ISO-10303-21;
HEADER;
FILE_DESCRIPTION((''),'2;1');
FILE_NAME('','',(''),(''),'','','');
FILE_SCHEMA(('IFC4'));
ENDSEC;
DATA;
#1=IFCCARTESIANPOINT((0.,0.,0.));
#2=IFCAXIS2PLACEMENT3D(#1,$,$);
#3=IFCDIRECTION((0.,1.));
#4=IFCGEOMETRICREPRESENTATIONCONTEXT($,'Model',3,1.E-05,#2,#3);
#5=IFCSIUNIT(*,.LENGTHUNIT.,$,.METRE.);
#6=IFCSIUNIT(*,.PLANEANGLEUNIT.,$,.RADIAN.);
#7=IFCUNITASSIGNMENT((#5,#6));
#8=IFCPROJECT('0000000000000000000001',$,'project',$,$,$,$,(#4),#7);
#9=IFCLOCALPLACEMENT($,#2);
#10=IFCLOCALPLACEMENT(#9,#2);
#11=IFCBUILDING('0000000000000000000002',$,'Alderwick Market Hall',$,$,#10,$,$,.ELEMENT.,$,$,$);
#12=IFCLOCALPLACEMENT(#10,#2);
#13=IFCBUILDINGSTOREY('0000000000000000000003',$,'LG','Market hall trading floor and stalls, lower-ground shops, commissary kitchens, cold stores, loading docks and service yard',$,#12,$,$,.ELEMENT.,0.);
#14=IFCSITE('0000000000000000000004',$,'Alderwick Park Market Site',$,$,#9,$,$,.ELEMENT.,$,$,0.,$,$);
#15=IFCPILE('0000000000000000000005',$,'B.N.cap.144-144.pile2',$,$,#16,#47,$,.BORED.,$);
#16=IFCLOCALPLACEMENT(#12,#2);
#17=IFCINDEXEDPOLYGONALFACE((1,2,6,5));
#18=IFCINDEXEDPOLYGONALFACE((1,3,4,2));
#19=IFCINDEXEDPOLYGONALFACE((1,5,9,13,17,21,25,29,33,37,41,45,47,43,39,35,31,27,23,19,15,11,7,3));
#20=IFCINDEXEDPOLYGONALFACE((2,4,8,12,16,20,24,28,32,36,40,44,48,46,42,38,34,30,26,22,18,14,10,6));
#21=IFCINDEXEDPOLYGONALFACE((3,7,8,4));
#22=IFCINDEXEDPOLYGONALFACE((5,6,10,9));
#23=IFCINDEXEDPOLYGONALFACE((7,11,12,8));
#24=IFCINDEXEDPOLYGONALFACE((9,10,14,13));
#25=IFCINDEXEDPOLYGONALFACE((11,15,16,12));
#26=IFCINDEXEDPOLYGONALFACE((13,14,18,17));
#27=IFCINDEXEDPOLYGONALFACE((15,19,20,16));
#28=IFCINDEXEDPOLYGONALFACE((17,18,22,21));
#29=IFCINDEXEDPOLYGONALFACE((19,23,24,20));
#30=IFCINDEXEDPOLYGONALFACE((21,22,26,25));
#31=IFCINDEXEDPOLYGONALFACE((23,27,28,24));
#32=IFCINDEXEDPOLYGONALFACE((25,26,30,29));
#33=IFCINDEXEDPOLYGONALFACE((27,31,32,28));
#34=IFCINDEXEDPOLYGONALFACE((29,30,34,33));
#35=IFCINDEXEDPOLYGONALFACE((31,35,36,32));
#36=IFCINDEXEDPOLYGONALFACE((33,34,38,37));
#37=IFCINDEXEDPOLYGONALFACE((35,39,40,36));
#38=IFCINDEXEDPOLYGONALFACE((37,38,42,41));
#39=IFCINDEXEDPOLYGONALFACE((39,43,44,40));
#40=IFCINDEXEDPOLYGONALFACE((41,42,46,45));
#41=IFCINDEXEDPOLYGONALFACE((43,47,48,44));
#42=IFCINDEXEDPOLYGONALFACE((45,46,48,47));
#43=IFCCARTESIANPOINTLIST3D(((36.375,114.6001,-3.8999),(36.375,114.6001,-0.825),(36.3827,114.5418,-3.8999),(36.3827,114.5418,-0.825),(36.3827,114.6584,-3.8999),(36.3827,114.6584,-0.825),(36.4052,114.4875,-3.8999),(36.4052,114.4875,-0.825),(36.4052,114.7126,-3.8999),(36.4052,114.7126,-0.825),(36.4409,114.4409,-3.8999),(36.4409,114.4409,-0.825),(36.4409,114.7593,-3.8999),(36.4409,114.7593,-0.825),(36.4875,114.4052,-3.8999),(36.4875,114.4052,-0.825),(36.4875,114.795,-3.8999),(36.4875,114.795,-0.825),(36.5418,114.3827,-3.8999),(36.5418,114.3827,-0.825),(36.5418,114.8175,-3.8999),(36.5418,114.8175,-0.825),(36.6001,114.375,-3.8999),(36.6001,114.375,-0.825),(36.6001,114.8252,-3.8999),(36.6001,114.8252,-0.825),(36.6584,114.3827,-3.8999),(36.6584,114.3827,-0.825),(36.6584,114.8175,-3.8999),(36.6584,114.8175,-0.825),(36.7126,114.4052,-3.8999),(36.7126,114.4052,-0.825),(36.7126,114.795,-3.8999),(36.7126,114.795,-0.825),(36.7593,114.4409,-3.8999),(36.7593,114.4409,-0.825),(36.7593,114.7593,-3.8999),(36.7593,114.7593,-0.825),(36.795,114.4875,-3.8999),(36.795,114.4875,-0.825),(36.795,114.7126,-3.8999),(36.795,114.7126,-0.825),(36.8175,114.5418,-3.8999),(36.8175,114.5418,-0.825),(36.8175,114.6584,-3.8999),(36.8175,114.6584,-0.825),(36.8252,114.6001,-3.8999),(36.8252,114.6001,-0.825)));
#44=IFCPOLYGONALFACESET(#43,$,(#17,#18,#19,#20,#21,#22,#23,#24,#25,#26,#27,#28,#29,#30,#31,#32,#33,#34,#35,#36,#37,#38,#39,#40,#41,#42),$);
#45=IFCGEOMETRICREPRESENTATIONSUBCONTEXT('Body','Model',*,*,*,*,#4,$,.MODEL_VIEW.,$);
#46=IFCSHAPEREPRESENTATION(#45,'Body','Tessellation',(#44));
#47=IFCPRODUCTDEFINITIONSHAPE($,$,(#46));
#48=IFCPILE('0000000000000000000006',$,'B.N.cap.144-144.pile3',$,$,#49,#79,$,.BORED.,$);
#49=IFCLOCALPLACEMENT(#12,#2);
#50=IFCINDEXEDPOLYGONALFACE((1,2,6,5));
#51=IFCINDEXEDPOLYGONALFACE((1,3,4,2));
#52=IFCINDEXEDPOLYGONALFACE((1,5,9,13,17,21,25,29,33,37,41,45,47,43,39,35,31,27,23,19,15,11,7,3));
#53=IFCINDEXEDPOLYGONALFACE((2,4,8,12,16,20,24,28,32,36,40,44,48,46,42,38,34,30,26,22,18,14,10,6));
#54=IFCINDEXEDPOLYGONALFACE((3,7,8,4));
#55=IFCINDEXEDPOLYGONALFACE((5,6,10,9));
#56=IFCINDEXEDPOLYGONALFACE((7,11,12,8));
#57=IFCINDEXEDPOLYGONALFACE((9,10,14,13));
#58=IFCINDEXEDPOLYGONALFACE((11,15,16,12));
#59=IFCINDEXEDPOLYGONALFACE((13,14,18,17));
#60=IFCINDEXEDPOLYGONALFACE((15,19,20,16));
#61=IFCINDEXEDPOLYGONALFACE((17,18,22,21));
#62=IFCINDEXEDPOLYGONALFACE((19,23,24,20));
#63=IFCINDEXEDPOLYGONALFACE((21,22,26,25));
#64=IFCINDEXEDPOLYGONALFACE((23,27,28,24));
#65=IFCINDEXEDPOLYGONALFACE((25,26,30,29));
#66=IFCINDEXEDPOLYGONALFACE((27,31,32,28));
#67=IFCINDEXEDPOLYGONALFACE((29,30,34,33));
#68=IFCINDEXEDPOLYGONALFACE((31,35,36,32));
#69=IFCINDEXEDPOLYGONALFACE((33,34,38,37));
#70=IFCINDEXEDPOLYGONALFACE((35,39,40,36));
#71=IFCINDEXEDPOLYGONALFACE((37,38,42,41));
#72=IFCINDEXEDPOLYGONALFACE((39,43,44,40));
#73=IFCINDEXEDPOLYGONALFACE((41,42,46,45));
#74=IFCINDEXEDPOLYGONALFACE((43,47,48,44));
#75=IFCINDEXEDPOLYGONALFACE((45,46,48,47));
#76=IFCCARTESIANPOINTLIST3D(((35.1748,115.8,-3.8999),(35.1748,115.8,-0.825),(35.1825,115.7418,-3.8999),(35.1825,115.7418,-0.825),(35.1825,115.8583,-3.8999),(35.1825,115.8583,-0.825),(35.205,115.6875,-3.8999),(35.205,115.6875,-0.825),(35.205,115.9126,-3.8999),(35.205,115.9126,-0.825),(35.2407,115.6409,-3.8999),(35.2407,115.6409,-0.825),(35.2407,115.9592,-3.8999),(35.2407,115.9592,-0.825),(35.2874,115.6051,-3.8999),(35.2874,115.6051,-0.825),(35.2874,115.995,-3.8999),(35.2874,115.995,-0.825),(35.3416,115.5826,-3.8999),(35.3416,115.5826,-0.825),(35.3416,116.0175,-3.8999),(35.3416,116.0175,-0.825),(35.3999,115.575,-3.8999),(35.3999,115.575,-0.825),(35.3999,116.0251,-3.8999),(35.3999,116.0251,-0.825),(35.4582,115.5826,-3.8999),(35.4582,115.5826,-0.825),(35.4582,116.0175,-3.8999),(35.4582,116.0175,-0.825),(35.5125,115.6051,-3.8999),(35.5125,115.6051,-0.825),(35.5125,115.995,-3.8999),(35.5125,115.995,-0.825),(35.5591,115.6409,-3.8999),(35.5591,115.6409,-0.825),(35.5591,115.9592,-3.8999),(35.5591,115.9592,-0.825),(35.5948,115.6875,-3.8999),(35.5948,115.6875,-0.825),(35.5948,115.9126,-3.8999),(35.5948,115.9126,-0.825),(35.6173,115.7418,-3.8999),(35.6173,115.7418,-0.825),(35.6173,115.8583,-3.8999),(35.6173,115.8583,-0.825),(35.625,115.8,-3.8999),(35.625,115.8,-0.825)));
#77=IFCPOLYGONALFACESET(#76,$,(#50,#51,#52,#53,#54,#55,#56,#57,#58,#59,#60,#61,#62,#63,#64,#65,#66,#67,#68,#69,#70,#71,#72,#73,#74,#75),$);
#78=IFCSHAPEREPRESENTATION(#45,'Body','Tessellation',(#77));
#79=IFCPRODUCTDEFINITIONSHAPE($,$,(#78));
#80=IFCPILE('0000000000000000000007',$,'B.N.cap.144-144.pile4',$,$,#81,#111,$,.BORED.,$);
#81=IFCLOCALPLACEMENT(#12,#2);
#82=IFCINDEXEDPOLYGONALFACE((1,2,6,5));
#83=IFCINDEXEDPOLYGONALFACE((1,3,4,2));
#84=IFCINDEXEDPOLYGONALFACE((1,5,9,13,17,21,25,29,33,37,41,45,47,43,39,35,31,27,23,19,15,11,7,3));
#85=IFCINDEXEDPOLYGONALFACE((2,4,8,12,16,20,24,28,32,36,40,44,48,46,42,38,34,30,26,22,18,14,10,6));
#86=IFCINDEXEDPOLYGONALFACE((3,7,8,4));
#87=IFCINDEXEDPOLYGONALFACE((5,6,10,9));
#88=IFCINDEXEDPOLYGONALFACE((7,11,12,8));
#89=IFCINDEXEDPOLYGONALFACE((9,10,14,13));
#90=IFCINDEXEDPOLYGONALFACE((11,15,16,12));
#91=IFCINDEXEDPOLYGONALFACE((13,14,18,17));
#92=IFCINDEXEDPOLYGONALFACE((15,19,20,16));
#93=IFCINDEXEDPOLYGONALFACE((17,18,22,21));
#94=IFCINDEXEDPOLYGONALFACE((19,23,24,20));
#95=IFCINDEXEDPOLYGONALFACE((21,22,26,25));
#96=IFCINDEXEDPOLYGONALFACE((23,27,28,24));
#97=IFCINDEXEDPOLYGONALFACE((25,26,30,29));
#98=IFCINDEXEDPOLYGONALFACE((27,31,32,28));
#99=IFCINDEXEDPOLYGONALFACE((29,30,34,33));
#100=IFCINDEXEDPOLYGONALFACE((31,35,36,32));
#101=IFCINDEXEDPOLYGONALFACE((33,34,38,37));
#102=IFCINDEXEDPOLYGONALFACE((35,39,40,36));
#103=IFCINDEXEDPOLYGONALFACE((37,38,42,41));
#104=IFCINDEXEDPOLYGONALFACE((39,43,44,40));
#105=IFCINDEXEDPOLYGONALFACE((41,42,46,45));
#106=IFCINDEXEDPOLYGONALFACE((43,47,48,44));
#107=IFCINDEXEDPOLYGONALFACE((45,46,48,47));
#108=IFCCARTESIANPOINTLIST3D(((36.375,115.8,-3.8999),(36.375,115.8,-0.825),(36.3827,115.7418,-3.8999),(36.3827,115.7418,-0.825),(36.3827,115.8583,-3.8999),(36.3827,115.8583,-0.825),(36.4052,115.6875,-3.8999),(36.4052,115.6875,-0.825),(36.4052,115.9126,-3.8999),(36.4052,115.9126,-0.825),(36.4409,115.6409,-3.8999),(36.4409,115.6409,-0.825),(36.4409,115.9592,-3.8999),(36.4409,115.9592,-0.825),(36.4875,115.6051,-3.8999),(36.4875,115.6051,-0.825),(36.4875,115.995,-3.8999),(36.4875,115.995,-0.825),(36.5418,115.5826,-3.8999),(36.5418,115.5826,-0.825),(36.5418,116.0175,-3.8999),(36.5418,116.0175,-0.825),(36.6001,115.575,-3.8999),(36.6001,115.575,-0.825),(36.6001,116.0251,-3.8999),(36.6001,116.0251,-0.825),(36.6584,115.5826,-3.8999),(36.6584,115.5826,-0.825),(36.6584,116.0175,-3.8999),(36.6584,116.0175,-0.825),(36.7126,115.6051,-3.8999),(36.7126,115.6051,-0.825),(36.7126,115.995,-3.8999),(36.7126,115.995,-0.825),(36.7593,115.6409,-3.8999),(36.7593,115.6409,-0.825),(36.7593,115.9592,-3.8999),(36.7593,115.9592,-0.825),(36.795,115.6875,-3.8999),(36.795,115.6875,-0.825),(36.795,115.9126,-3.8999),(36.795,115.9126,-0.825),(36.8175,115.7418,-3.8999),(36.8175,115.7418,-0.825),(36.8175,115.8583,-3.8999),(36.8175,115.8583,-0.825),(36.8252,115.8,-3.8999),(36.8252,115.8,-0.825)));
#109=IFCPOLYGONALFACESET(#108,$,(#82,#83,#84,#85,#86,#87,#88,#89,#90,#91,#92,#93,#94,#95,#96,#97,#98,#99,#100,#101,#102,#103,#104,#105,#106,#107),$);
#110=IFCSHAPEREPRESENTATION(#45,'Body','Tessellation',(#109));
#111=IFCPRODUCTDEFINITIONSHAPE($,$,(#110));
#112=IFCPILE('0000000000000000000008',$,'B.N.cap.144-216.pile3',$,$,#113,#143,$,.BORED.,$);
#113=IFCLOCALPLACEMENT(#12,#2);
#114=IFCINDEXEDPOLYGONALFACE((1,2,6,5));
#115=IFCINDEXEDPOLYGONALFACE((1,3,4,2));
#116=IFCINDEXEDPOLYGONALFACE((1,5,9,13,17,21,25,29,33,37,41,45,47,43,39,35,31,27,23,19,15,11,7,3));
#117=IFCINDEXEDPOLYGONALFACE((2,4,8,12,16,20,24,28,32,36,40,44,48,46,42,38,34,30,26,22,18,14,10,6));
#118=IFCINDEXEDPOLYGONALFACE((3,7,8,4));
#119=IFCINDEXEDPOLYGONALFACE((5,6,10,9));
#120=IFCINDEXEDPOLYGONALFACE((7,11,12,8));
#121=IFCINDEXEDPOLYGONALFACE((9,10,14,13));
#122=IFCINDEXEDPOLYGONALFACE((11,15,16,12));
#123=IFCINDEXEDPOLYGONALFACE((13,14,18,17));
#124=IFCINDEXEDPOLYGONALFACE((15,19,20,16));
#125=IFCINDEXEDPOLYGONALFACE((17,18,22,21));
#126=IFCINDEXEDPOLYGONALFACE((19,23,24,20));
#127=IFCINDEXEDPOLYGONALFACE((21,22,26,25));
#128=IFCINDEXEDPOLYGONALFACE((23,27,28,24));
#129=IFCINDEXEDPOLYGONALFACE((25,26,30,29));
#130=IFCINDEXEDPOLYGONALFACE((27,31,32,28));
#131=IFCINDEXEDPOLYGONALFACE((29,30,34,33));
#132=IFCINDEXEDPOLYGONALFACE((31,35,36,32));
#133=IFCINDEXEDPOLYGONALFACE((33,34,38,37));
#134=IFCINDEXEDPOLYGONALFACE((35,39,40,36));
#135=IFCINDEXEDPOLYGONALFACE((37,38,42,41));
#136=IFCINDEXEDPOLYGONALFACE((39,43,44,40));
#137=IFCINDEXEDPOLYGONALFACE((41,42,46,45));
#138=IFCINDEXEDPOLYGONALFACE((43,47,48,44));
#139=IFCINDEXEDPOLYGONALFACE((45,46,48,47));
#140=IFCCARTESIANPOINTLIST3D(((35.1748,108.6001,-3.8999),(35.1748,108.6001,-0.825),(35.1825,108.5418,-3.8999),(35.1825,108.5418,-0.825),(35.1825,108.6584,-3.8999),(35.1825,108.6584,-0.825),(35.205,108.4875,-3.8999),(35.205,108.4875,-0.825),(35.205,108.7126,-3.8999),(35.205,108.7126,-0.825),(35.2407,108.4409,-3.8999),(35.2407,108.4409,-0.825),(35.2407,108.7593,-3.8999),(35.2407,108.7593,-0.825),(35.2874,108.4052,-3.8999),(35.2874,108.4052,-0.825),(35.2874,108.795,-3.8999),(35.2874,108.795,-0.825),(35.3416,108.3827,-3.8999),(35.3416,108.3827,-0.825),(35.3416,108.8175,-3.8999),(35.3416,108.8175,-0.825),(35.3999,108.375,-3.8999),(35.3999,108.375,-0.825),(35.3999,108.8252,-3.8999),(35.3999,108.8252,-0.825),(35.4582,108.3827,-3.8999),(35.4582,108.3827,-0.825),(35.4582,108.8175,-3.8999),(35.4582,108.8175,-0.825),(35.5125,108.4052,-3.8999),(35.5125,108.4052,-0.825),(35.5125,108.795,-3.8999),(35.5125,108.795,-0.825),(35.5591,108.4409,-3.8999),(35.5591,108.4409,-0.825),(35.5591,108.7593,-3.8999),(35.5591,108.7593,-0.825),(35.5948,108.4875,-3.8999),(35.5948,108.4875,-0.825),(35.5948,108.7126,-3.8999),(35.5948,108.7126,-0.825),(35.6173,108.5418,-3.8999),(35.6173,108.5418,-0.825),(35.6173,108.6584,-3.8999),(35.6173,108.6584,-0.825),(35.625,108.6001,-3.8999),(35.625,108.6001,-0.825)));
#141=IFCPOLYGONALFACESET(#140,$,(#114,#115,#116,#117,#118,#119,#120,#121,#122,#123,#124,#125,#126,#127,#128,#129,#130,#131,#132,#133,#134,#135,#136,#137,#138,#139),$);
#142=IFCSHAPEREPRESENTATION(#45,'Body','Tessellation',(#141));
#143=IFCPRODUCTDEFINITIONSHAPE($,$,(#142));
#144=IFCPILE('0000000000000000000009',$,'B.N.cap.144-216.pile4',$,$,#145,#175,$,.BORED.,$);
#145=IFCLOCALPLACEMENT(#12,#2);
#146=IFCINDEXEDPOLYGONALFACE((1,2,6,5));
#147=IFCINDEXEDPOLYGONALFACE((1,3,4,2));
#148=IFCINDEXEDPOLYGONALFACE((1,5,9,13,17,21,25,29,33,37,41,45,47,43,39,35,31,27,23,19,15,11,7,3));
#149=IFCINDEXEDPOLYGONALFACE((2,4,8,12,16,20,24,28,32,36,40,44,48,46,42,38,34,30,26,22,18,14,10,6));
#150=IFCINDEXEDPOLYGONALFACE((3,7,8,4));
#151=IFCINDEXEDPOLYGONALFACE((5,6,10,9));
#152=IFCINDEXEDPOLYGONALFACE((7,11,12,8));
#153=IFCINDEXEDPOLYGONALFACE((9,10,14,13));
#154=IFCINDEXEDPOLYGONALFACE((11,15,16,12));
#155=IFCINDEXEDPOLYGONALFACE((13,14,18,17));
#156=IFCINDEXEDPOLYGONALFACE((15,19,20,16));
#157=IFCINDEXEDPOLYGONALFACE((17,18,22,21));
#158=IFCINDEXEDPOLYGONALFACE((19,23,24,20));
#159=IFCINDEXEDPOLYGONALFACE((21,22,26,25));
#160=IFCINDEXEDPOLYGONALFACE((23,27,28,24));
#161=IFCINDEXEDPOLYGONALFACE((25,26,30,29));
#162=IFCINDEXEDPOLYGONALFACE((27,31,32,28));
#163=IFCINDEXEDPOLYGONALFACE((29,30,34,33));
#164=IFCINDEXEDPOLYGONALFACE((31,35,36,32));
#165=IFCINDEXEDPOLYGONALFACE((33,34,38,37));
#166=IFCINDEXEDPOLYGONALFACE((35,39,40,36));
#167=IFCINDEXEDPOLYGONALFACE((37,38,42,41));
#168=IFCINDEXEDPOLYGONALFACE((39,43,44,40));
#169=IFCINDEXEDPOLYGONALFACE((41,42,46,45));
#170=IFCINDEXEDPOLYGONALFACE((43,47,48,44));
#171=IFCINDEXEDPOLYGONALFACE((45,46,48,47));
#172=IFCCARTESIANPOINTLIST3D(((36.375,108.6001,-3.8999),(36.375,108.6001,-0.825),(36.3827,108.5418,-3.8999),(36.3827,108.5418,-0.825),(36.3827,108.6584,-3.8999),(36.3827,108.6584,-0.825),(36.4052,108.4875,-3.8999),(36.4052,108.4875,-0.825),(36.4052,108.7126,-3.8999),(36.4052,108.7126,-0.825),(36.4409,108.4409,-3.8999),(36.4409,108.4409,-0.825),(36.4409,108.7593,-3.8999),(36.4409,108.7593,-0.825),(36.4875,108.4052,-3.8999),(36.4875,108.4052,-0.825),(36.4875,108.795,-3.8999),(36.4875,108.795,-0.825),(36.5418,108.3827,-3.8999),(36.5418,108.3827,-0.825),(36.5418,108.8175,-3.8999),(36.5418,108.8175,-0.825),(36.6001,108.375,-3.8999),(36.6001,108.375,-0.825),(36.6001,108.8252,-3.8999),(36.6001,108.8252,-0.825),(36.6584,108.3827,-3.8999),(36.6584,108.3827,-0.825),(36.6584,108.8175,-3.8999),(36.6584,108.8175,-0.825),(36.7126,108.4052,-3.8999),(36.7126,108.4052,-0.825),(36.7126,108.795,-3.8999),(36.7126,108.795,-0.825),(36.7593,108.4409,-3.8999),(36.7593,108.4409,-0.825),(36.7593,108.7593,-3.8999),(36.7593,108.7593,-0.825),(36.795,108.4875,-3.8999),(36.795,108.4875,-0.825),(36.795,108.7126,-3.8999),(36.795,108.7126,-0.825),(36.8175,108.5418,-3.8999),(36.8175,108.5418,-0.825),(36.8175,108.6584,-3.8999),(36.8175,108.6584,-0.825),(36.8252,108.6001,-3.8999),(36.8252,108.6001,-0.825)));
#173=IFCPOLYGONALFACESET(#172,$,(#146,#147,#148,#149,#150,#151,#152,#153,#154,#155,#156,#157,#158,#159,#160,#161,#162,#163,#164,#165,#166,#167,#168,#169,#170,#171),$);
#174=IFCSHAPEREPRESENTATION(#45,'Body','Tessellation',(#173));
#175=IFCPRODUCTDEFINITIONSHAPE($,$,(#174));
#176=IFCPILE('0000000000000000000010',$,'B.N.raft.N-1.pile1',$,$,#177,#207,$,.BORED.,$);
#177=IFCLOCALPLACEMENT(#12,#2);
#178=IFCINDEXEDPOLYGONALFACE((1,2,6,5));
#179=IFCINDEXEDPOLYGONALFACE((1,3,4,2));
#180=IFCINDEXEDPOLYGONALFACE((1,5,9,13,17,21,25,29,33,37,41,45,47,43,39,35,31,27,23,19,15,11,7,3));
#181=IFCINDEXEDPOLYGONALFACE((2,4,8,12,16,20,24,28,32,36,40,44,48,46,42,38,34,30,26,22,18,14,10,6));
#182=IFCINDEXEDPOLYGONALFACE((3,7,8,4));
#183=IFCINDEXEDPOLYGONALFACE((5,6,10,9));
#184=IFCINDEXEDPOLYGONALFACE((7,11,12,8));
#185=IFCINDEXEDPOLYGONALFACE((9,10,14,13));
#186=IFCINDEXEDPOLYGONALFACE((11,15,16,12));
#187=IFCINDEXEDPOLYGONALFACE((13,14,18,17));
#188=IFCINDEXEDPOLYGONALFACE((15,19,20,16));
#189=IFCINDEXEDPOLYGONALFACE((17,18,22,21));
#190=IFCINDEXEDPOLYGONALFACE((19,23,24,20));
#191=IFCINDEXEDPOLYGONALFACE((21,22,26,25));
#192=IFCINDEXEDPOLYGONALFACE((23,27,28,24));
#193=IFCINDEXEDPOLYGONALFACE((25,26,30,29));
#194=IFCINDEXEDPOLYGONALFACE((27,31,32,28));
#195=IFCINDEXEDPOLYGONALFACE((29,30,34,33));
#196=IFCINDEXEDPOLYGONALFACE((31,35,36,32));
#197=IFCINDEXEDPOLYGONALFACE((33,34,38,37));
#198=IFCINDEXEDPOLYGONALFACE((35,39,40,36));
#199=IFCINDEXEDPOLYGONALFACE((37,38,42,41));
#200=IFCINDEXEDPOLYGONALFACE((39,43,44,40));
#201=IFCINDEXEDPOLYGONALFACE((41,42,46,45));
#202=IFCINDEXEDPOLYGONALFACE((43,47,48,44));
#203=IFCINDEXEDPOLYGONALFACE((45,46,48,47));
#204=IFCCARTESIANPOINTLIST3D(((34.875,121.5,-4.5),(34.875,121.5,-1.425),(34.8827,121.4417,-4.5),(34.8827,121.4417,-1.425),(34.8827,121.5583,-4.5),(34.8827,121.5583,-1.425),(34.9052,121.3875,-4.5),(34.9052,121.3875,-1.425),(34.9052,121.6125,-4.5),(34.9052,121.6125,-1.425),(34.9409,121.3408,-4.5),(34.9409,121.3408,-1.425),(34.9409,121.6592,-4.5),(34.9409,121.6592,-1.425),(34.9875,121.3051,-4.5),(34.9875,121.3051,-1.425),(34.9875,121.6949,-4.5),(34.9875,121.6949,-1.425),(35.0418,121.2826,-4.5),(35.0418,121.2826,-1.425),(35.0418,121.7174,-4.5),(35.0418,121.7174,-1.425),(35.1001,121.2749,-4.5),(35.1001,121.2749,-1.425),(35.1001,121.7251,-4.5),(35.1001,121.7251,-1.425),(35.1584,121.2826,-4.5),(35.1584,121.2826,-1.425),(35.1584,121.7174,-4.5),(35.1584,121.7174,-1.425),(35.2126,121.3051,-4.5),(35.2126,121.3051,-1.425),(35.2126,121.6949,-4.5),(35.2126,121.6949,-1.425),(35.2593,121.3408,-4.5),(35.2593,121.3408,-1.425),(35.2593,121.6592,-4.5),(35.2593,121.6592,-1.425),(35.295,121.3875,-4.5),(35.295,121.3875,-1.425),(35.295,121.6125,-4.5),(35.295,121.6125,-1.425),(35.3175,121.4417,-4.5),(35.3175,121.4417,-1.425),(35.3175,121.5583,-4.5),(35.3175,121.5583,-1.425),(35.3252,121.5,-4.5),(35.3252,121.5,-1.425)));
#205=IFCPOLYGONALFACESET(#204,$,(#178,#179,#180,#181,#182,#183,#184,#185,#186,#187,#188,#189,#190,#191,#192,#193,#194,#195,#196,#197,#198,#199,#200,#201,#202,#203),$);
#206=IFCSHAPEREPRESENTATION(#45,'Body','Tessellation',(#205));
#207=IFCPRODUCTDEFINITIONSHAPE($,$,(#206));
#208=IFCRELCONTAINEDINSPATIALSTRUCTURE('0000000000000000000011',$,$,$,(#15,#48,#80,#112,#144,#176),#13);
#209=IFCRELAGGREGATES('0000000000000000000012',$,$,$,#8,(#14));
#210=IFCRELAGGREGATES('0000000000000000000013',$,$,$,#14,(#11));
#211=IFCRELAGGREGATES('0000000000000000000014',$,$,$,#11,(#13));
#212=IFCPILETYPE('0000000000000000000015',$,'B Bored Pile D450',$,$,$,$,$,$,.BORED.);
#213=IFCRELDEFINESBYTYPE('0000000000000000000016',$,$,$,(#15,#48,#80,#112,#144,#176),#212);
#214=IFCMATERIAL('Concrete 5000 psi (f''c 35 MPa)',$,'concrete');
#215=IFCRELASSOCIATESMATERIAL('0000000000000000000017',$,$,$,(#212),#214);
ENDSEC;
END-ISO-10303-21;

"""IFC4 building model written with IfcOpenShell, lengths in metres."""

from ifc_helpers import new_model, si_unit, direction, frame, origin, origin_2d, place, context, subcontext, project, spatial, circle, extrude, material, material_profile, profile_set, type_object, element, save


model = new_model("IFC4")

# Units and contexts
model_context = context("Model", 3, precision=1e-05, world=origin(), true_north=direction((0.0, 1.0)))
body_context = subcontext(model_context, "Body", "Model", "MODEL_VIEW")
ifc_project = project(units=[si_unit("LENGTHUNIT", "METRE"), si_unit("PLANEANGLEUNIT", "RADIAN")], contexts=[model_context])

# Site, building, storey
site_placement = place(None, origin())
site = spatial("IfcSite", under=ifc_project, at=site_placement, Name="Alderwick Park Market Site", CompositionType="ELEMENT", RefElevation=0.0)
building_placement = place(site_placement, origin())
building = spatial("IfcBuilding", under=site, at=building_placement, Name="Alderwick Market Hall", CompositionType="ELEMENT")
storey_placement = place(building_placement, origin())
storey = spatial("IfcBuildingStorey", under=building, at=storey_placement, Name="LG", Description="Market hall trading floor and stalls, lower-ground shops, commissary kitchens, cold stores, loading docks and service yard", CompositionType="ELEMENT", Elevation=0.0)

# Piles
ifc_material_1 = material(Name="Concrete 5000 psi (f'c 35 MPa)", Category="concrete")
ifc_material_profile_1 = material_profile(ifc_material_1, circle(Radius=0.2251, at=origin_2d()), Name="B Bored Pile D450")
ifc_profile_set_1 = profile_set([ifc_material_profile_1], Name="Concrete 5000 psi (f'c 35 MPa)")
pile_type = type_object("IfcPileType", Name="B Bored Pile D450", PredefinedType="BORED", material=ifc_profile_set_1)
for number, where, z_axis, x_axis, name in (
    (1, (36.6001, 114.6001, -0.825), (0.0, 0.0, -1.0), (1.0, 0.0, 0.0), "B.N.cap.144-144.pile2"),
    (2, (35.3999, 115.8, -0.825), (0.0, 0.0, -1.0), (1.0, 0.0, 0.0), "B.N.cap.144-144.pile3"),
    (3, (36.6001, 115.8, -0.825), (0.0, 0.0, -1.0), (1.0, 0.0, 0.0), "B.N.cap.144-144.pile4"),
    (4, (35.3999, 108.6001, -0.825), (0.0, 0.0, -1.0), (1.0, 0.0, 0.0), "B.N.cap.144-216.pile3"),
    (5, (36.6001, 108.6001, -0.825), (0.0, 0.0, -1.0), (1.0, 0.0, 0.0), "B.N.cap.144-216.pile4"),
    (6, (35.1001, 121.5, -1.425), (0.0, 0.0, -1.0), (1.0, 0.0, 0.0), "B.N.raft.N-1.pile1"),
):
    element("IfcPile", number, at=place(storey_placement, frame(where, z_axis=z_axis, x_axis=x_axis)), inside=storey, type_object=pile_type, Name=name, PredefinedType="BORED", context=body_context, shape_type="SweptSolid", body=[
        extrude(circle(Radius=0.2251, at=origin_2d()), origin(), (0.0, 0.0, 1.0), 3.075),
    ])

save(model, "model.ifc")
